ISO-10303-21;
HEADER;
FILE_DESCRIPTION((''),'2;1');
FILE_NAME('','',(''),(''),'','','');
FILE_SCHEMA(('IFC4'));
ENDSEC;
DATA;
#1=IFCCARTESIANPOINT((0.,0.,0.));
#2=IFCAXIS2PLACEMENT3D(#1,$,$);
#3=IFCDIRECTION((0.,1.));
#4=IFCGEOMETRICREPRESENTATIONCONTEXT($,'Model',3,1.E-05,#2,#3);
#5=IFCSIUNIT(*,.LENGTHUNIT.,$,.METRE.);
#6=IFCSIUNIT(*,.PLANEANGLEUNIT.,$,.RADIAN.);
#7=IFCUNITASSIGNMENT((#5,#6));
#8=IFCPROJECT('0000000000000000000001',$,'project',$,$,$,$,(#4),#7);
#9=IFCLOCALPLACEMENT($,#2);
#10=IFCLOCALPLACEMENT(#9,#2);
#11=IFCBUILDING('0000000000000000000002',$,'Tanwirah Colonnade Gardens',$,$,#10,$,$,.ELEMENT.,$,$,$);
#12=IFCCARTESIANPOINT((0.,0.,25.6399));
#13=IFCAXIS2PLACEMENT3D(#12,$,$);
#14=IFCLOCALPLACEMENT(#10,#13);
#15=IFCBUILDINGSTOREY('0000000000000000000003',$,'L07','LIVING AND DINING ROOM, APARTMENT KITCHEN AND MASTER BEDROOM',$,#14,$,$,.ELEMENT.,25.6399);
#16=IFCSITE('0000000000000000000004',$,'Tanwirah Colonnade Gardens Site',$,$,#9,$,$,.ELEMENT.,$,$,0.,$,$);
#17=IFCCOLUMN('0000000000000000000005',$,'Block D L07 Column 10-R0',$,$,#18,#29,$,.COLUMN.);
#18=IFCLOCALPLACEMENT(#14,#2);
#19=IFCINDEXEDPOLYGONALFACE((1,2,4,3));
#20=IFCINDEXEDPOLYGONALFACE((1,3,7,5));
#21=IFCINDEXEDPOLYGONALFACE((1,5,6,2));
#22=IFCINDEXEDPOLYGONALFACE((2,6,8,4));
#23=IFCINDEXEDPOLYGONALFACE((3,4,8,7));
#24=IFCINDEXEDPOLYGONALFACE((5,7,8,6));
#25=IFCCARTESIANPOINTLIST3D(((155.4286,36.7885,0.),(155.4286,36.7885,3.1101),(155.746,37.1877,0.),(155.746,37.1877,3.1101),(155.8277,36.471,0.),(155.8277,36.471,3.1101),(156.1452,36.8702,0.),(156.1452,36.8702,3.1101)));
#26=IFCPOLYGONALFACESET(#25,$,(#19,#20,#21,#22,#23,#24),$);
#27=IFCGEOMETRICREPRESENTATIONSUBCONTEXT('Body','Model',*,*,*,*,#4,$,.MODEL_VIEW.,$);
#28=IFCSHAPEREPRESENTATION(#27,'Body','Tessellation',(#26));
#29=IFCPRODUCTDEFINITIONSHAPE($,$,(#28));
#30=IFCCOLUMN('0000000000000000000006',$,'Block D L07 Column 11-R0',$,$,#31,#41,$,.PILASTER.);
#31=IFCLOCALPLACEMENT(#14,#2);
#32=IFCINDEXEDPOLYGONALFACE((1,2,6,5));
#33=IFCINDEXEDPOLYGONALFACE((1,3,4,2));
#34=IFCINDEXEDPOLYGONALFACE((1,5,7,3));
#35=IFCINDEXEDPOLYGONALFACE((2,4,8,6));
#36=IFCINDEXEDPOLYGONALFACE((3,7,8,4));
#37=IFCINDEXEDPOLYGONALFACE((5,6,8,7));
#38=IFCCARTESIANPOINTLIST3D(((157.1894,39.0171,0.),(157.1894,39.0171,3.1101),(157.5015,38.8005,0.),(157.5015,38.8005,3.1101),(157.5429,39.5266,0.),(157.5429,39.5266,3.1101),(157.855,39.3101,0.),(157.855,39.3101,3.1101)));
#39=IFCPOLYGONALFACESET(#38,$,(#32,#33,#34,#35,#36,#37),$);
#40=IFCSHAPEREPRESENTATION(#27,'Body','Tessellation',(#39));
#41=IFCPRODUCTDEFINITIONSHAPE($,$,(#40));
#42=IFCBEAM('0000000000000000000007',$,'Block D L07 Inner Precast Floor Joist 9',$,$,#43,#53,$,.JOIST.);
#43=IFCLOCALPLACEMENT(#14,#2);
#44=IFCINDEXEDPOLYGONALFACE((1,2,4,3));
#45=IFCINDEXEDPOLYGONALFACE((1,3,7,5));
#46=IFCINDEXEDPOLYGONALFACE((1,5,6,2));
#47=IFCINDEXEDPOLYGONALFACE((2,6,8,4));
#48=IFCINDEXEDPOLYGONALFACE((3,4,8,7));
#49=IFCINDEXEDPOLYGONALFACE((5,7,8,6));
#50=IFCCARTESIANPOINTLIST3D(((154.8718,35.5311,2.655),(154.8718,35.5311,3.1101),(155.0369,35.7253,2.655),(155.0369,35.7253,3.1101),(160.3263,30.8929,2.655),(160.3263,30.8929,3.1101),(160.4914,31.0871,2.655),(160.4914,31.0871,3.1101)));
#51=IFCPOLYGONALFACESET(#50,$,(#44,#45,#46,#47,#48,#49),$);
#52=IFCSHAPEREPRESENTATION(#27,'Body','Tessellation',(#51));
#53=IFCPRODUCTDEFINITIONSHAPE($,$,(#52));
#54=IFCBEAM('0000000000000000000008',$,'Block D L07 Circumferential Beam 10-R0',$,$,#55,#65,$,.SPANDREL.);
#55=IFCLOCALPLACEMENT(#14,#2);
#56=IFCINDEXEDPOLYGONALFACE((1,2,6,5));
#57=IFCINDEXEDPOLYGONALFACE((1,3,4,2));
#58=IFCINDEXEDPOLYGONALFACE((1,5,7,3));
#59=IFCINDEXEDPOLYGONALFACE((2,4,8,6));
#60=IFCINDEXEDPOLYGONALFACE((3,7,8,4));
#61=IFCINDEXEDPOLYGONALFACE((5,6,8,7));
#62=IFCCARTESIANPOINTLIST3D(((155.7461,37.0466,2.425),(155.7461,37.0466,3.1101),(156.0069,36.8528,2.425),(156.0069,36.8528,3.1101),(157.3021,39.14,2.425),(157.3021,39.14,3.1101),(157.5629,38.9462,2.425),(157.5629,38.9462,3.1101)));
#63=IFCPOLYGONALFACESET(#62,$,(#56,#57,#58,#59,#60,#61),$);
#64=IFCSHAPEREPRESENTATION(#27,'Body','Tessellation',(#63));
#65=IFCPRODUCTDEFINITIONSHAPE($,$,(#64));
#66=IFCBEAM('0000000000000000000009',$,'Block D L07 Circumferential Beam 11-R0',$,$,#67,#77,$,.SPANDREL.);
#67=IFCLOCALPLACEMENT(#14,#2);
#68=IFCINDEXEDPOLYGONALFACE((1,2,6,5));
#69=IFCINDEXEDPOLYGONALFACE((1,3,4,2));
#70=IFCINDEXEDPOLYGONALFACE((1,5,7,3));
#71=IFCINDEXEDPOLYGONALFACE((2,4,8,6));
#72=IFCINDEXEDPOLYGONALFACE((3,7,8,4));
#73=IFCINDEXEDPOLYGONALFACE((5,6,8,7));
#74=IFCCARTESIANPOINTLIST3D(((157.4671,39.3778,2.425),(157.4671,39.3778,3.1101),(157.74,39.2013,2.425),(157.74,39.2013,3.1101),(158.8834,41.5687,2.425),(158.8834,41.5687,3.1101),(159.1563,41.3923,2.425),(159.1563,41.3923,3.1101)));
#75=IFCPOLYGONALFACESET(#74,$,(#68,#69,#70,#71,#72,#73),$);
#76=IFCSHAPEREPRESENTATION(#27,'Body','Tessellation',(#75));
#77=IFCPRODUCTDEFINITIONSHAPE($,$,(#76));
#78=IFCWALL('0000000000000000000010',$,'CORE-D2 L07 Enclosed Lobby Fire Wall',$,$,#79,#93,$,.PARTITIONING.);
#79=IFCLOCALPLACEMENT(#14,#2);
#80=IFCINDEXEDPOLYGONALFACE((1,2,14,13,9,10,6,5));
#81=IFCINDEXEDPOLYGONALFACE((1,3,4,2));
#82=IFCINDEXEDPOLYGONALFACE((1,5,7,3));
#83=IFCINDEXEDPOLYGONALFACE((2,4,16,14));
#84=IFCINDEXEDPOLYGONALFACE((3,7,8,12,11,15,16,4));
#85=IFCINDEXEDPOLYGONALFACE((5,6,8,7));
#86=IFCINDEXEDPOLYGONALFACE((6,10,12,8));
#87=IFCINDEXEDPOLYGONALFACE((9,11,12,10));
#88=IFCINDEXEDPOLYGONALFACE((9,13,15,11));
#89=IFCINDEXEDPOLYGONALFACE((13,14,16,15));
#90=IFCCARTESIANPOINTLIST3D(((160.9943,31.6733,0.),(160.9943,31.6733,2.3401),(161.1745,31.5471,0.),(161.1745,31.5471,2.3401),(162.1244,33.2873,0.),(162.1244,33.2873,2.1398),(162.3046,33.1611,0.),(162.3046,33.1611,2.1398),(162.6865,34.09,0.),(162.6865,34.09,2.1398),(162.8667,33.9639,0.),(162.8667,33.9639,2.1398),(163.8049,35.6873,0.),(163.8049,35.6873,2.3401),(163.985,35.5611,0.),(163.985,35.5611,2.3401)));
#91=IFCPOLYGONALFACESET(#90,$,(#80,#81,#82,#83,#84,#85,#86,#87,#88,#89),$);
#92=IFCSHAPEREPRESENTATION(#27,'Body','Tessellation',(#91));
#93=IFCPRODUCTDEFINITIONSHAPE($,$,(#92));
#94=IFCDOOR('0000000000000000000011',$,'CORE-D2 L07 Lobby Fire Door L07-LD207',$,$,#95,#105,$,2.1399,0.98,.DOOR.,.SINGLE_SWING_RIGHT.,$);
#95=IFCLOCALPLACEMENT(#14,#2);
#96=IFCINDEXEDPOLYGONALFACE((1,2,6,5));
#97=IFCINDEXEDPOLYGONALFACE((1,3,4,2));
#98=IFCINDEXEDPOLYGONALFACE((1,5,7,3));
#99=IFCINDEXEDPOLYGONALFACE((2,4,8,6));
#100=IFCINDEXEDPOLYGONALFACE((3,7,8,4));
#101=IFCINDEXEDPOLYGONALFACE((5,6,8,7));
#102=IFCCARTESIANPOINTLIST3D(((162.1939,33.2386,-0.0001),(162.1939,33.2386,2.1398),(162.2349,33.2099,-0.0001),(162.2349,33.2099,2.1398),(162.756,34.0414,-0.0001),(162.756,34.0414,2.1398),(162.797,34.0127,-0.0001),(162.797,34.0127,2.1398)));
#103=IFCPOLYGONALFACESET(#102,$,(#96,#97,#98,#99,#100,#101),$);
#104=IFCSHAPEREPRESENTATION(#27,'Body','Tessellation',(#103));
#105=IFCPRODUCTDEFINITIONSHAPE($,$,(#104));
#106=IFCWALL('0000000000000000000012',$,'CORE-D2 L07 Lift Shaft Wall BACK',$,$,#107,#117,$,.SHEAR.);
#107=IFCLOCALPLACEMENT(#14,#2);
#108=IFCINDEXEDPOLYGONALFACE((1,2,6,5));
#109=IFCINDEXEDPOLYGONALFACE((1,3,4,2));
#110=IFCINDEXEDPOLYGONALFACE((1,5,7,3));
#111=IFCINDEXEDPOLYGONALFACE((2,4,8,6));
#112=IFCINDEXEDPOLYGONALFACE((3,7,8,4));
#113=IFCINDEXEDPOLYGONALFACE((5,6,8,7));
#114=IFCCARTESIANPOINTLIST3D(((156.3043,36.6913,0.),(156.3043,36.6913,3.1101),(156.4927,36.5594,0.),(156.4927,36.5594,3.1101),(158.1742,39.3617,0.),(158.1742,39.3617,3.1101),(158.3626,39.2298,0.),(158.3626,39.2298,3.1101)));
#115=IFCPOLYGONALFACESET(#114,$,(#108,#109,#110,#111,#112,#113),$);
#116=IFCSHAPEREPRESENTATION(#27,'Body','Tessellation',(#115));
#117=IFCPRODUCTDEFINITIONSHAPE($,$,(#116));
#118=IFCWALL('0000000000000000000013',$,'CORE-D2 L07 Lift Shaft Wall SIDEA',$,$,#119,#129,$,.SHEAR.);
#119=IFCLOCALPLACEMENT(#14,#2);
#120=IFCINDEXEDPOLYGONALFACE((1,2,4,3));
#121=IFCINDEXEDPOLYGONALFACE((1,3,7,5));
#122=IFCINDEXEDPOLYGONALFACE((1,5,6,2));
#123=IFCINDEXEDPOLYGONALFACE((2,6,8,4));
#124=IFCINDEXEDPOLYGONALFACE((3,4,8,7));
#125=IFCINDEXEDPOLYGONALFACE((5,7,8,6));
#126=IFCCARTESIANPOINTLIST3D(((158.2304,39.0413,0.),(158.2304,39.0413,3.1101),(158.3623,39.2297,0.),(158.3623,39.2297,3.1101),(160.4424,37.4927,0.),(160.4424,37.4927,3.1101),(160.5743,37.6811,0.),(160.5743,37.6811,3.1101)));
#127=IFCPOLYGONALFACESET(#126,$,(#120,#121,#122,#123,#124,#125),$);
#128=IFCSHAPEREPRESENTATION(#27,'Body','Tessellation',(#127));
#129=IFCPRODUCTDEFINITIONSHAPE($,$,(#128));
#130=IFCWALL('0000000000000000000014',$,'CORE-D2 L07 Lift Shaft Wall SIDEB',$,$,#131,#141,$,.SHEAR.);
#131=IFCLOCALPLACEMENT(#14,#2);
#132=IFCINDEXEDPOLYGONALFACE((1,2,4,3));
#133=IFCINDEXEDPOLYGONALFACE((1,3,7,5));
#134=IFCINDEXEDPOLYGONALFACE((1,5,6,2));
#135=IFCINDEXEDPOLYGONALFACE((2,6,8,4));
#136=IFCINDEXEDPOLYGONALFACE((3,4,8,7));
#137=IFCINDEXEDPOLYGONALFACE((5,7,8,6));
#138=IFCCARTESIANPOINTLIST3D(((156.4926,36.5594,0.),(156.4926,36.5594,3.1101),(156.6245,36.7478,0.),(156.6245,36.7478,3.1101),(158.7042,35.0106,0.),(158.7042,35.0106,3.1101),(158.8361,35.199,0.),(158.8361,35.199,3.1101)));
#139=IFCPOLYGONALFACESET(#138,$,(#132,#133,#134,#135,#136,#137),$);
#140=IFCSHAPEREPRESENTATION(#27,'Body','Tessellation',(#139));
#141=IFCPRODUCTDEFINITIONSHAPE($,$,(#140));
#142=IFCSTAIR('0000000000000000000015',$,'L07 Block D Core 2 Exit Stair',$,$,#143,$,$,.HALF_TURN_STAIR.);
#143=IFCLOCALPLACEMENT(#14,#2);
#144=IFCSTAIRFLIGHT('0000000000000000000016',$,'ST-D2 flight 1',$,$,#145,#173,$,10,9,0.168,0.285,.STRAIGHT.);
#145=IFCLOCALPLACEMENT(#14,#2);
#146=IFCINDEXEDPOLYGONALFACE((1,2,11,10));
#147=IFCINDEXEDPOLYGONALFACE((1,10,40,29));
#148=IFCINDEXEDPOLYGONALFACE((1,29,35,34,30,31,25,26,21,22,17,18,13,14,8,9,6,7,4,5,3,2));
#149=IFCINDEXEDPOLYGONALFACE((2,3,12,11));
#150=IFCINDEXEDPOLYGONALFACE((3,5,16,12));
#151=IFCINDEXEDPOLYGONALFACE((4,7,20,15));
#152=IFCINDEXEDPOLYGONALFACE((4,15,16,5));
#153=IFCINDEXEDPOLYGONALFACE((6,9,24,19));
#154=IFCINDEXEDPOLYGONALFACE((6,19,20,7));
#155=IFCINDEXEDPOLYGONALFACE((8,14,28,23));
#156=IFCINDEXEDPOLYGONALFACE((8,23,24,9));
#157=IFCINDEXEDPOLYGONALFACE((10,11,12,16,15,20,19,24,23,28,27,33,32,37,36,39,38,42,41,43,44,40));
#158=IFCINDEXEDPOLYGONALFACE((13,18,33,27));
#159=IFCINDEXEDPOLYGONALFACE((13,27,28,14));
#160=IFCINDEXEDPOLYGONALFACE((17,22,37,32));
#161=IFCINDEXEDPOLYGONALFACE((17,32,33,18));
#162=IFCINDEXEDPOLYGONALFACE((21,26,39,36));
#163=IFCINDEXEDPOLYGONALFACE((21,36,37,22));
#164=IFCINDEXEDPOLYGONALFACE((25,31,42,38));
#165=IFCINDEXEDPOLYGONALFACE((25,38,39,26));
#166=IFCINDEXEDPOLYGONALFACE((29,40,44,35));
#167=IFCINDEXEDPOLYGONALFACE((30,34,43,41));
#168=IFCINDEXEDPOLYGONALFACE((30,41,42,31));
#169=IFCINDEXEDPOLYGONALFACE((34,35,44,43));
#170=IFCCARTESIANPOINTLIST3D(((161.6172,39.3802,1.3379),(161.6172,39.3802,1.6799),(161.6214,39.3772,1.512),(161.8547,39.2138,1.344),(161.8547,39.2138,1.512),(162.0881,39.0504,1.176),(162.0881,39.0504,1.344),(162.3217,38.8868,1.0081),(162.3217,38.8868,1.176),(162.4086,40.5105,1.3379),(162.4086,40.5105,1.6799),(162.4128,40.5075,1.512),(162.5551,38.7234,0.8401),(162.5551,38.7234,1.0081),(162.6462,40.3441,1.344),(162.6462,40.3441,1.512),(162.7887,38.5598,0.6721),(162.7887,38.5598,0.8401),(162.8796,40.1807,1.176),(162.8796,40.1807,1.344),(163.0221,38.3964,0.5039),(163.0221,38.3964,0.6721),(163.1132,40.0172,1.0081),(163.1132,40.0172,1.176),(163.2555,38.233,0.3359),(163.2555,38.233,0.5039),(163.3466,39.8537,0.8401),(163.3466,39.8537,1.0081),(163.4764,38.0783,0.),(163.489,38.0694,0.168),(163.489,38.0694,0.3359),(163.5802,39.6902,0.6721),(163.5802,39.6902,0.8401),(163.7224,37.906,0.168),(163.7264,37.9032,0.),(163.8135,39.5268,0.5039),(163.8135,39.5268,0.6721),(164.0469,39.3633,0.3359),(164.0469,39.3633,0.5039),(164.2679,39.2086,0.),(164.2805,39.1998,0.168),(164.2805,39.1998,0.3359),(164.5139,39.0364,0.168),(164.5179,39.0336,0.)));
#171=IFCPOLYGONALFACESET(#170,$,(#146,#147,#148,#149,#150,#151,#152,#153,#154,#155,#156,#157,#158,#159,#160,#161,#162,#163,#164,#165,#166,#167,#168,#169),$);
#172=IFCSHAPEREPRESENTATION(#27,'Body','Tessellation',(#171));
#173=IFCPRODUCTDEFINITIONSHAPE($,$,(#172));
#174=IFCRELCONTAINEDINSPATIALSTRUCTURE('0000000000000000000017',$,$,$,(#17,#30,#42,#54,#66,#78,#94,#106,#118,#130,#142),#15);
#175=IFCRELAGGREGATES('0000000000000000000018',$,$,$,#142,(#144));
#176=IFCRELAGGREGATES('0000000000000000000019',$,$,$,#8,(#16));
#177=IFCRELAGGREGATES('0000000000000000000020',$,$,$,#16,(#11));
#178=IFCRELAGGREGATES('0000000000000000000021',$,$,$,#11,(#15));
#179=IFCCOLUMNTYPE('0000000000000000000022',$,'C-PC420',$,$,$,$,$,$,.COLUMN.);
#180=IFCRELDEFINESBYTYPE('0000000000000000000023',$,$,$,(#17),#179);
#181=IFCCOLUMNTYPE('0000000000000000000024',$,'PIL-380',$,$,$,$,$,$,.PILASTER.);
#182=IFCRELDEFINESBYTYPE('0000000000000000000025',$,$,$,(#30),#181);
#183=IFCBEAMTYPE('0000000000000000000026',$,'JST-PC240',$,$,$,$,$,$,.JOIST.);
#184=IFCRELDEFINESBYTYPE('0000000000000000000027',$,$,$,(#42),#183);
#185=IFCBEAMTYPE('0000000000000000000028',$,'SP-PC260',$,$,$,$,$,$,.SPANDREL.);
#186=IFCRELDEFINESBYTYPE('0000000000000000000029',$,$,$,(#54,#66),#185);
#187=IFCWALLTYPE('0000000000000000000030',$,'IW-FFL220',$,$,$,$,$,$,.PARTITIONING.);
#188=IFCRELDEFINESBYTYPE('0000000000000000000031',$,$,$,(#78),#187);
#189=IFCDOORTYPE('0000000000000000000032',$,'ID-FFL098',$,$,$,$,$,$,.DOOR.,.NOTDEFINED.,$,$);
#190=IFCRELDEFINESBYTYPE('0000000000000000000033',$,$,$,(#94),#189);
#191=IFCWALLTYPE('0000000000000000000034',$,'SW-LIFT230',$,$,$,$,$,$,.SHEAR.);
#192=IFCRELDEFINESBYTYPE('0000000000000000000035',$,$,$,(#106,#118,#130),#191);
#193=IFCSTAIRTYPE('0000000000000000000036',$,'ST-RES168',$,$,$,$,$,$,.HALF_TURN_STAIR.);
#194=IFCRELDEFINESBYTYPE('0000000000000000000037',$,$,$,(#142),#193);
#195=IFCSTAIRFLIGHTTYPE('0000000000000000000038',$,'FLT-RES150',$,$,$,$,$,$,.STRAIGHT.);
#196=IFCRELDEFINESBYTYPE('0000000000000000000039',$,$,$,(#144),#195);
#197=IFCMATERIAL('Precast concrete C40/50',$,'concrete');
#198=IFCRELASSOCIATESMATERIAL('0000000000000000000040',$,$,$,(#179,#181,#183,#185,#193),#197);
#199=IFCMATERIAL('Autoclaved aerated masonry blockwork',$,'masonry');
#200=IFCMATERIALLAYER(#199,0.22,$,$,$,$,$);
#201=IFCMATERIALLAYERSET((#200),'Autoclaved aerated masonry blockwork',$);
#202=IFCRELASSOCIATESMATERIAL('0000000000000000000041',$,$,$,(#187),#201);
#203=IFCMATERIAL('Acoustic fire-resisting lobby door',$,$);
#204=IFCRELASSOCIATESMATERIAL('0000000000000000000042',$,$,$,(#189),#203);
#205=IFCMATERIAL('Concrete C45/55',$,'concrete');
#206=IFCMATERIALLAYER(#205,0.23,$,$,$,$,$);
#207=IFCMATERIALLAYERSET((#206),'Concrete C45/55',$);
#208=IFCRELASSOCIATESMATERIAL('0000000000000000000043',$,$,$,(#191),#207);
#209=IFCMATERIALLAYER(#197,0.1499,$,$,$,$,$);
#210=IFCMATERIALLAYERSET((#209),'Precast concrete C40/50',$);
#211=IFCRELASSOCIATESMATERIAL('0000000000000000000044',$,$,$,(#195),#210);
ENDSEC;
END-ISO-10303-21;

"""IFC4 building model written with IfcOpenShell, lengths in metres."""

from ifc_helpers import new_model, si_unit, direction, frame, frame_2d, origin, origin_2d, place, context, subcontext, project, spatial, polyline, rectangle, outline, extrude, material, layer, layer_set, material_profile, profile_set, type_object, element, fill, aggregate, save


model = new_model("IFC4")

# Units and contexts
model_context = context("Model", 3, precision=1e-05, world=origin(), true_north=direction((0.0, 1.0)))
body_context = subcontext(model_context, "Body", "Model", "MODEL_VIEW")
ifc_project = project(units=[si_unit("LENGTHUNIT", "METRE"), si_unit("PLANEANGLEUNIT", "RADIAN")], contexts=[model_context])

# Site, building, storey
site_placement = place(None, origin())
site = spatial("IfcSite", under=ifc_project, at=site_placement, Name="Tanwirah Colonnade Gardens Site", CompositionType="ELEMENT", RefElevation=0.0)
building_placement = place(site_placement, origin())
building = spatial("IfcBuilding", under=site, at=building_placement, Name="Tanwirah Colonnade Gardens", CompositionType="ELEMENT")
storey_placement = place(building_placement, frame((0.0, 0.0, 25.6399)))
storey = spatial("IfcBuildingStorey", under=building, at=storey_placement, Name="L07", Description="LIVING AND DINING ROOM, APARTMENT KITCHEN AND MASTER BEDROOM", CompositionType="ELEMENT", Elevation=25.6399)

# Columns
ifc_material_1 = material(Name="Precast concrete C40/50", Category="concrete")
ifc_material_profile_1 = material_profile(ifc_material_1, rectangle(XDim=0.51, YDim=0.51, at=origin_2d()), Name="PC-COL 510x510")
ifc_profile_set_1 = profile_set([ifc_material_profile_1], Name="Precast concrete C40/50")
column_type_1 = type_object("IfcColumnType", Name="C-PC420", PredefinedType="COLUMN", material=ifc_profile_set_1)
column_1_placement = place(storey_placement, frame((155.7869, 36.8293, 0.0), z_axis=(0.0, 0.0, 1.0), x_axis=(0.782608, -0.622515, 0.0)))
element("IfcColumn", 1, at=column_1_placement, inside=storey, type_object=column_type_1, Name="Block D L07 Column 10-R0", PredefinedType="COLUMN", context=body_context, shape_type="SweptSolid", body=[
    extrude(rectangle(XDim=0.51, YDim=0.51, at=origin_2d()), origin(), (0.0, 0.0, 1.0), 3.1101),
])
ifc_material_profile_2 = material_profile(ifc_material_1, rectangle(XDim=0.3799, YDim=0.6201, at=origin_2d()), Name="PC-PIL 380x620")
ifc_profile_set_2 = profile_set([ifc_material_profile_2], Name="Precast concrete C40/50")
column_type_2 = type_object("IfcColumnType", Name="PIL-380", PredefinedType="PILASTER", material=ifc_profile_set_2)
column_2_placement = place(storey_placement, frame((157.5222, 39.1636, 0.0), z_axis=(0.0, 0.0, 1.0), x_axis=(0.821647, -0.569997, 0.0)))
element("IfcColumn", 2, at=column_2_placement, inside=storey, type_object=column_type_2, Name="Block D L07 Column 11-R0", PredefinedType="PILASTER", context=body_context, shape_type="SweptSolid", body=[
    extrude(rectangle(XDim=0.3799, YDim=0.6201, at=origin_2d()), origin(), (0.0, 0.0, 1.0), 3.1101),
])

# Beams
ifc_material_profile_3 = material_profile(ifc_material_1, rectangle(XDim=0.2549, YDim=0.4551, at=origin_2d()), Name="PC-JST 255x455")
ifc_profile_set_3 = profile_set([ifc_material_profile_3], Name="Precast concrete C40/50")
beam_type_1 = type_object("IfcBeamType", Name="JST-PC240", PredefinedType="JOIST", material=ifc_profile_set_3)
beam_1_placement = place(storey_placement, frame((154.9543, 35.6282, 2.8826), z_axis=(0.761816, -0.647793, 0.0), x_axis=(0.647793, 0.761816, 0.0)))
element("IfcBeam", 3, at=beam_1_placement, inside=storey, type_object=beam_type_1, Name="Block D L07 Inner Precast Floor Joist 9", PredefinedType="JOIST", context=body_context, shape_type="SweptSolid", body=[
    extrude(rectangle(XDim=0.2549, YDim=0.4551, at=origin_2d()), origin(), (0.0, 0.0, 1.0), 7.1599),
])
ifc_material_profile_4 = material_profile(ifc_material_1, rectangle(XDim=0.325, YDim=0.6851, at=origin_2d()), Name="PC-SP 325x685")
ifc_profile_set_4 = profile_set([ifc_material_profile_4], Name="Precast concrete C40/50")
beam_type_2 = type_object("IfcBeamType", Name="SP-PC260", PredefinedType="SPANDREL", material=ifc_profile_set_4)
beam_2_placement = place(storey_placement, frame((155.8765, 36.9497, 2.7676), z_axis=(0.596565, 0.802565, 0.0), x_axis=(-0.802565, 0.596565, 0.0)))
element("IfcBeam", 4, at=beam_2_placement, inside=storey, type_object=beam_type_2, Name="Block D L07 Circumferential Beam 10-R0", PredefinedType="SPANDREL", context=body_context, shape_type="SweptSolid", body=[
    extrude(rectangle(XDim=0.325, YDim=0.6851, at=origin_2d()), origin(), (0.0, 0.0, 1.0), 2.6084),
])
beam_3_placement = place(storey_placement, frame((157.6035, 39.2896, 2.7676), z_axis=(0.542875, 0.839814, 0.0), x_axis=(-0.839814, 0.542875, 0.0)))
element("IfcBeam", 5, at=beam_3_placement, inside=storey, type_object=beam_type_2, Name="Block D L07 Circumferential Beam 11-R0", PredefinedType="SPANDREL", context=body_context, shape_type="SweptSolid", body=[
    extrude(rectangle(XDim=0.325, YDim=0.6851, at=origin_2d()), origin(), (0.0, 0.0, 1.0), 2.6089),
])

# Wall, opening, door
ifc_material_2 = material(Name="Autoclaved aerated masonry blockwork", Category="masonry")
ifc_layer_1 = layer(ifc_material_2, 0.22)
ifc_layer_set_1 = layer_set([ifc_layer_1], Name="Autoclaved aerated masonry blockwork")
wall_type_1 = type_object("IfcWallType", Name="IW-FFL220", PredefinedType="PARTITIONING", material=ifc_layer_set_1)
wall_1_placement = place(storey_placement, frame((163.895, 35.6243, 0.0), z_axis=(0.0, 0.0, 1.0), x_axis=(-0.573573, -0.819155, 0.0)))
wall_1 = element("IfcWall", 6, at=wall_1_placement, inside=storey, type_object=wall_type_1, Name="CORE-D2 L07 Enclosed Lobby Fire Wall", PredefinedType="PARTITIONING", context=body_context, shape_type="SweptSolid", body=[
    extrude(rectangle(XDim=4.9001, YDim=0.22, at=frame_2d((2.4502, 0.0))), origin(), (0.0, 0.0, 1.0), 2.3401),
])
opening_1_placement = place(wall_1_placement, frame((1.95, 0.0, 0.0)))
opening_1 = element("IfcOpeningElement", 7, at=opening_1_placement, cuts=wall_1, PredefinedType="OPENING", context=body_context, shape_type="SweptSolid", body=[
    extrude(rectangle(XDim=0.98, YDim=2.1399, at=frame_2d((0.49, 1.0698))), frame((0.0, 0.1199, 0.0), z_axis=(0.0, -1.0, 0.0), x_axis=(1.0, 0.0, 0.0)), (0.0, 0.0, 1.0), 0.24),
])
ifc_material_3 = material(Name="Acoustic fire-resisting lobby door")
door_type_1 = type_object("IfcDoorType", Name="ID-FFL098", OperationType="NOTDEFINED", PredefinedType="DOOR", material=ifc_material_3)
door_1_placement = place(opening_1_placement, origin())
door_1 = element("IfcDoor", 8, at=door_1_placement, inside=storey, type_object=door_type_1, Name="CORE-D2 L07 Lobby Fire Door L07-LD207", OperationType="SINGLE_SWING_RIGHT", OverallHeight=2.1399, OverallWidth=0.98, PredefinedType="DOOR", context=body_context, shape_type="SweptSolid", body=[
    extrude(rectangle(XDim=0.98, YDim=2.1399, at=frame_2d((0.49, 1.0698))), frame((0.0, 0.0249, 0.0), z_axis=(0.0, -1.0, 0.0), x_axis=(1.0, 0.0, 0.0)), (0.0, 0.0, 1.0), 0.05),
])
fill(opening_1, door_1)
ifc_material_4 = material(Name="Concrete C45/55", Category="concrete")
ifc_layer_2 = layer(ifc_material_4, 0.23)
ifc_layer_set_2 = layer_set([ifc_layer_2], Name="Concrete C45/55")
wall_type_2 = type_object("IfcWallType", Name="SW-LIFT230", PredefinedType="SHEAR", material=ifc_layer_set_2)

# Walls
wall_2_placement = place(storey_placement, frame((158.2683, 39.2957, 0.0), z_axis=(0.0, 0.0, 1.0), x_axis=(-0.573583, -0.819147, 0.0)))
element("IfcWall", 9, at=wall_2_placement, inside=storey, type_object=wall_type_2, Name="CORE-D2 L07 Lift Shaft Wall BACK", PredefinedType="SHEAR", context=body_context, shape_type="SweptSolid", body=[
    extrude(rectangle(XDim=3.26, YDim=0.23, at=frame_2d((1.6299, 0.0))), origin(), (0.0, 0.0, 1.0), 3.1101),
])
wall_3_placement = place(storey_placement, frame((160.5083, 37.5869, 0.0), z_axis=(0.0, 0.0, 1.0), x_axis=(-0.819189, 0.573523, 0.0)))
element("IfcWall", 10, at=wall_3_placement, inside=storey, type_object=wall_type_2, Name="CORE-D2 L07 Lift Shaft Wall SIDEA", PredefinedType="SHEAR", context=body_context, shape_type="SweptSolid", body=[
    extrude(rectangle(XDim=2.7002, YDim=0.23, at=frame_2d((1.3501, 0.0))), origin(), (0.0, 0.0, 1.0), 3.1101),
])
wall_4_placement = place(storey_placement, frame((158.7703, 35.1047, 0.0), z_axis=(0.0, 0.0, 1.0), x_axis=(-0.819117, 0.573626, 0.0)))
element("IfcWall", 11, at=wall_4_placement, inside=storey, type_object=wall_type_2, Name="CORE-D2 L07 Lift Shaft Wall SIDEB", PredefinedType="SHEAR", context=body_context, shape_type="SweptSolid", body=[
    extrude(rectangle(XDim=2.7, YDim=0.23, at=frame_2d((1.3501, 0.0))), origin(), (0.0, 0.0, 1.0), 3.1101),
])

# Stair, stair flight
stair_type = type_object("IfcStairType", Name="ST-RES168", PredefinedType="HALF_TURN_STAIR", material=ifc_material_1)
stair_placement = place(storey_placement, origin())
stair = element("IfcStair", 12, at=stair_placement, inside=storey, type_object=stair_type, Name="L07 Block D Core 2 Exit Stair", PredefinedType="HALF_TURN_STAIR")
ifc_layer_3 = layer(ifc_material_1, 0.1499)
ifc_layer_set_3 = layer_set([ifc_layer_3], Name="Precast concrete C40/50")
stair_flight_type = type_object("IfcStairFlightType", Name="FLT-RES150", PredefinedType="STRAIGHT", material=ifc_layer_set_3)
stair_flight_1_placement = place(storey_placement, frame((164.1182, 38.4712, 0.0), z_axis=(0.0, 0.0, 1.0), x_axis=(-0.819152, 0.573576, 0.0)))
stair_flight_1 = element("IfcStairFlight", 13, at=stair_flight_1_placement, type_object=stair_flight_type, Name="ST-D2 flight 1", NumberOfRisers=10, NumberOfTreads=9, PredefinedType="STRAIGHT", RiserHeight=0.168, TreadLength=0.285, context=body_context, shape_type="SweptSolid", body=[
    extrude(outline(polyline([(-0.0049, 0.0), (0.0, 0.168), (0.2849, 0.168), (0.2849, 0.3359), (0.5701, 0.3359), (0.5701, 0.5039), (0.855, 0.5039), (0.855, 0.6721), (1.1399, 0.6721), (1.1399, 0.8401), (1.425, 0.8401), (1.425, 1.0081), (1.71, 1.0081), (1.71, 1.176), (1.9951, 1.176), (1.9951, 1.344), (2.28, 1.344), (2.28, 1.512), (2.5649, 1.512), (2.5701, 1.6799), (2.5701, 1.3379), (0.3003, 0.0), (-0.0049, 0.0)])), frame((0.0, 0.6899, 0.0), z_axis=(0.0, -1.0, 0.0), x_axis=(1.0, 0.0, 0.0)), (0.0, 0.0, 1.0), 1.3799),
])
aggregate(stair, [stair_flight_1])

save(model, "model.ifc")
